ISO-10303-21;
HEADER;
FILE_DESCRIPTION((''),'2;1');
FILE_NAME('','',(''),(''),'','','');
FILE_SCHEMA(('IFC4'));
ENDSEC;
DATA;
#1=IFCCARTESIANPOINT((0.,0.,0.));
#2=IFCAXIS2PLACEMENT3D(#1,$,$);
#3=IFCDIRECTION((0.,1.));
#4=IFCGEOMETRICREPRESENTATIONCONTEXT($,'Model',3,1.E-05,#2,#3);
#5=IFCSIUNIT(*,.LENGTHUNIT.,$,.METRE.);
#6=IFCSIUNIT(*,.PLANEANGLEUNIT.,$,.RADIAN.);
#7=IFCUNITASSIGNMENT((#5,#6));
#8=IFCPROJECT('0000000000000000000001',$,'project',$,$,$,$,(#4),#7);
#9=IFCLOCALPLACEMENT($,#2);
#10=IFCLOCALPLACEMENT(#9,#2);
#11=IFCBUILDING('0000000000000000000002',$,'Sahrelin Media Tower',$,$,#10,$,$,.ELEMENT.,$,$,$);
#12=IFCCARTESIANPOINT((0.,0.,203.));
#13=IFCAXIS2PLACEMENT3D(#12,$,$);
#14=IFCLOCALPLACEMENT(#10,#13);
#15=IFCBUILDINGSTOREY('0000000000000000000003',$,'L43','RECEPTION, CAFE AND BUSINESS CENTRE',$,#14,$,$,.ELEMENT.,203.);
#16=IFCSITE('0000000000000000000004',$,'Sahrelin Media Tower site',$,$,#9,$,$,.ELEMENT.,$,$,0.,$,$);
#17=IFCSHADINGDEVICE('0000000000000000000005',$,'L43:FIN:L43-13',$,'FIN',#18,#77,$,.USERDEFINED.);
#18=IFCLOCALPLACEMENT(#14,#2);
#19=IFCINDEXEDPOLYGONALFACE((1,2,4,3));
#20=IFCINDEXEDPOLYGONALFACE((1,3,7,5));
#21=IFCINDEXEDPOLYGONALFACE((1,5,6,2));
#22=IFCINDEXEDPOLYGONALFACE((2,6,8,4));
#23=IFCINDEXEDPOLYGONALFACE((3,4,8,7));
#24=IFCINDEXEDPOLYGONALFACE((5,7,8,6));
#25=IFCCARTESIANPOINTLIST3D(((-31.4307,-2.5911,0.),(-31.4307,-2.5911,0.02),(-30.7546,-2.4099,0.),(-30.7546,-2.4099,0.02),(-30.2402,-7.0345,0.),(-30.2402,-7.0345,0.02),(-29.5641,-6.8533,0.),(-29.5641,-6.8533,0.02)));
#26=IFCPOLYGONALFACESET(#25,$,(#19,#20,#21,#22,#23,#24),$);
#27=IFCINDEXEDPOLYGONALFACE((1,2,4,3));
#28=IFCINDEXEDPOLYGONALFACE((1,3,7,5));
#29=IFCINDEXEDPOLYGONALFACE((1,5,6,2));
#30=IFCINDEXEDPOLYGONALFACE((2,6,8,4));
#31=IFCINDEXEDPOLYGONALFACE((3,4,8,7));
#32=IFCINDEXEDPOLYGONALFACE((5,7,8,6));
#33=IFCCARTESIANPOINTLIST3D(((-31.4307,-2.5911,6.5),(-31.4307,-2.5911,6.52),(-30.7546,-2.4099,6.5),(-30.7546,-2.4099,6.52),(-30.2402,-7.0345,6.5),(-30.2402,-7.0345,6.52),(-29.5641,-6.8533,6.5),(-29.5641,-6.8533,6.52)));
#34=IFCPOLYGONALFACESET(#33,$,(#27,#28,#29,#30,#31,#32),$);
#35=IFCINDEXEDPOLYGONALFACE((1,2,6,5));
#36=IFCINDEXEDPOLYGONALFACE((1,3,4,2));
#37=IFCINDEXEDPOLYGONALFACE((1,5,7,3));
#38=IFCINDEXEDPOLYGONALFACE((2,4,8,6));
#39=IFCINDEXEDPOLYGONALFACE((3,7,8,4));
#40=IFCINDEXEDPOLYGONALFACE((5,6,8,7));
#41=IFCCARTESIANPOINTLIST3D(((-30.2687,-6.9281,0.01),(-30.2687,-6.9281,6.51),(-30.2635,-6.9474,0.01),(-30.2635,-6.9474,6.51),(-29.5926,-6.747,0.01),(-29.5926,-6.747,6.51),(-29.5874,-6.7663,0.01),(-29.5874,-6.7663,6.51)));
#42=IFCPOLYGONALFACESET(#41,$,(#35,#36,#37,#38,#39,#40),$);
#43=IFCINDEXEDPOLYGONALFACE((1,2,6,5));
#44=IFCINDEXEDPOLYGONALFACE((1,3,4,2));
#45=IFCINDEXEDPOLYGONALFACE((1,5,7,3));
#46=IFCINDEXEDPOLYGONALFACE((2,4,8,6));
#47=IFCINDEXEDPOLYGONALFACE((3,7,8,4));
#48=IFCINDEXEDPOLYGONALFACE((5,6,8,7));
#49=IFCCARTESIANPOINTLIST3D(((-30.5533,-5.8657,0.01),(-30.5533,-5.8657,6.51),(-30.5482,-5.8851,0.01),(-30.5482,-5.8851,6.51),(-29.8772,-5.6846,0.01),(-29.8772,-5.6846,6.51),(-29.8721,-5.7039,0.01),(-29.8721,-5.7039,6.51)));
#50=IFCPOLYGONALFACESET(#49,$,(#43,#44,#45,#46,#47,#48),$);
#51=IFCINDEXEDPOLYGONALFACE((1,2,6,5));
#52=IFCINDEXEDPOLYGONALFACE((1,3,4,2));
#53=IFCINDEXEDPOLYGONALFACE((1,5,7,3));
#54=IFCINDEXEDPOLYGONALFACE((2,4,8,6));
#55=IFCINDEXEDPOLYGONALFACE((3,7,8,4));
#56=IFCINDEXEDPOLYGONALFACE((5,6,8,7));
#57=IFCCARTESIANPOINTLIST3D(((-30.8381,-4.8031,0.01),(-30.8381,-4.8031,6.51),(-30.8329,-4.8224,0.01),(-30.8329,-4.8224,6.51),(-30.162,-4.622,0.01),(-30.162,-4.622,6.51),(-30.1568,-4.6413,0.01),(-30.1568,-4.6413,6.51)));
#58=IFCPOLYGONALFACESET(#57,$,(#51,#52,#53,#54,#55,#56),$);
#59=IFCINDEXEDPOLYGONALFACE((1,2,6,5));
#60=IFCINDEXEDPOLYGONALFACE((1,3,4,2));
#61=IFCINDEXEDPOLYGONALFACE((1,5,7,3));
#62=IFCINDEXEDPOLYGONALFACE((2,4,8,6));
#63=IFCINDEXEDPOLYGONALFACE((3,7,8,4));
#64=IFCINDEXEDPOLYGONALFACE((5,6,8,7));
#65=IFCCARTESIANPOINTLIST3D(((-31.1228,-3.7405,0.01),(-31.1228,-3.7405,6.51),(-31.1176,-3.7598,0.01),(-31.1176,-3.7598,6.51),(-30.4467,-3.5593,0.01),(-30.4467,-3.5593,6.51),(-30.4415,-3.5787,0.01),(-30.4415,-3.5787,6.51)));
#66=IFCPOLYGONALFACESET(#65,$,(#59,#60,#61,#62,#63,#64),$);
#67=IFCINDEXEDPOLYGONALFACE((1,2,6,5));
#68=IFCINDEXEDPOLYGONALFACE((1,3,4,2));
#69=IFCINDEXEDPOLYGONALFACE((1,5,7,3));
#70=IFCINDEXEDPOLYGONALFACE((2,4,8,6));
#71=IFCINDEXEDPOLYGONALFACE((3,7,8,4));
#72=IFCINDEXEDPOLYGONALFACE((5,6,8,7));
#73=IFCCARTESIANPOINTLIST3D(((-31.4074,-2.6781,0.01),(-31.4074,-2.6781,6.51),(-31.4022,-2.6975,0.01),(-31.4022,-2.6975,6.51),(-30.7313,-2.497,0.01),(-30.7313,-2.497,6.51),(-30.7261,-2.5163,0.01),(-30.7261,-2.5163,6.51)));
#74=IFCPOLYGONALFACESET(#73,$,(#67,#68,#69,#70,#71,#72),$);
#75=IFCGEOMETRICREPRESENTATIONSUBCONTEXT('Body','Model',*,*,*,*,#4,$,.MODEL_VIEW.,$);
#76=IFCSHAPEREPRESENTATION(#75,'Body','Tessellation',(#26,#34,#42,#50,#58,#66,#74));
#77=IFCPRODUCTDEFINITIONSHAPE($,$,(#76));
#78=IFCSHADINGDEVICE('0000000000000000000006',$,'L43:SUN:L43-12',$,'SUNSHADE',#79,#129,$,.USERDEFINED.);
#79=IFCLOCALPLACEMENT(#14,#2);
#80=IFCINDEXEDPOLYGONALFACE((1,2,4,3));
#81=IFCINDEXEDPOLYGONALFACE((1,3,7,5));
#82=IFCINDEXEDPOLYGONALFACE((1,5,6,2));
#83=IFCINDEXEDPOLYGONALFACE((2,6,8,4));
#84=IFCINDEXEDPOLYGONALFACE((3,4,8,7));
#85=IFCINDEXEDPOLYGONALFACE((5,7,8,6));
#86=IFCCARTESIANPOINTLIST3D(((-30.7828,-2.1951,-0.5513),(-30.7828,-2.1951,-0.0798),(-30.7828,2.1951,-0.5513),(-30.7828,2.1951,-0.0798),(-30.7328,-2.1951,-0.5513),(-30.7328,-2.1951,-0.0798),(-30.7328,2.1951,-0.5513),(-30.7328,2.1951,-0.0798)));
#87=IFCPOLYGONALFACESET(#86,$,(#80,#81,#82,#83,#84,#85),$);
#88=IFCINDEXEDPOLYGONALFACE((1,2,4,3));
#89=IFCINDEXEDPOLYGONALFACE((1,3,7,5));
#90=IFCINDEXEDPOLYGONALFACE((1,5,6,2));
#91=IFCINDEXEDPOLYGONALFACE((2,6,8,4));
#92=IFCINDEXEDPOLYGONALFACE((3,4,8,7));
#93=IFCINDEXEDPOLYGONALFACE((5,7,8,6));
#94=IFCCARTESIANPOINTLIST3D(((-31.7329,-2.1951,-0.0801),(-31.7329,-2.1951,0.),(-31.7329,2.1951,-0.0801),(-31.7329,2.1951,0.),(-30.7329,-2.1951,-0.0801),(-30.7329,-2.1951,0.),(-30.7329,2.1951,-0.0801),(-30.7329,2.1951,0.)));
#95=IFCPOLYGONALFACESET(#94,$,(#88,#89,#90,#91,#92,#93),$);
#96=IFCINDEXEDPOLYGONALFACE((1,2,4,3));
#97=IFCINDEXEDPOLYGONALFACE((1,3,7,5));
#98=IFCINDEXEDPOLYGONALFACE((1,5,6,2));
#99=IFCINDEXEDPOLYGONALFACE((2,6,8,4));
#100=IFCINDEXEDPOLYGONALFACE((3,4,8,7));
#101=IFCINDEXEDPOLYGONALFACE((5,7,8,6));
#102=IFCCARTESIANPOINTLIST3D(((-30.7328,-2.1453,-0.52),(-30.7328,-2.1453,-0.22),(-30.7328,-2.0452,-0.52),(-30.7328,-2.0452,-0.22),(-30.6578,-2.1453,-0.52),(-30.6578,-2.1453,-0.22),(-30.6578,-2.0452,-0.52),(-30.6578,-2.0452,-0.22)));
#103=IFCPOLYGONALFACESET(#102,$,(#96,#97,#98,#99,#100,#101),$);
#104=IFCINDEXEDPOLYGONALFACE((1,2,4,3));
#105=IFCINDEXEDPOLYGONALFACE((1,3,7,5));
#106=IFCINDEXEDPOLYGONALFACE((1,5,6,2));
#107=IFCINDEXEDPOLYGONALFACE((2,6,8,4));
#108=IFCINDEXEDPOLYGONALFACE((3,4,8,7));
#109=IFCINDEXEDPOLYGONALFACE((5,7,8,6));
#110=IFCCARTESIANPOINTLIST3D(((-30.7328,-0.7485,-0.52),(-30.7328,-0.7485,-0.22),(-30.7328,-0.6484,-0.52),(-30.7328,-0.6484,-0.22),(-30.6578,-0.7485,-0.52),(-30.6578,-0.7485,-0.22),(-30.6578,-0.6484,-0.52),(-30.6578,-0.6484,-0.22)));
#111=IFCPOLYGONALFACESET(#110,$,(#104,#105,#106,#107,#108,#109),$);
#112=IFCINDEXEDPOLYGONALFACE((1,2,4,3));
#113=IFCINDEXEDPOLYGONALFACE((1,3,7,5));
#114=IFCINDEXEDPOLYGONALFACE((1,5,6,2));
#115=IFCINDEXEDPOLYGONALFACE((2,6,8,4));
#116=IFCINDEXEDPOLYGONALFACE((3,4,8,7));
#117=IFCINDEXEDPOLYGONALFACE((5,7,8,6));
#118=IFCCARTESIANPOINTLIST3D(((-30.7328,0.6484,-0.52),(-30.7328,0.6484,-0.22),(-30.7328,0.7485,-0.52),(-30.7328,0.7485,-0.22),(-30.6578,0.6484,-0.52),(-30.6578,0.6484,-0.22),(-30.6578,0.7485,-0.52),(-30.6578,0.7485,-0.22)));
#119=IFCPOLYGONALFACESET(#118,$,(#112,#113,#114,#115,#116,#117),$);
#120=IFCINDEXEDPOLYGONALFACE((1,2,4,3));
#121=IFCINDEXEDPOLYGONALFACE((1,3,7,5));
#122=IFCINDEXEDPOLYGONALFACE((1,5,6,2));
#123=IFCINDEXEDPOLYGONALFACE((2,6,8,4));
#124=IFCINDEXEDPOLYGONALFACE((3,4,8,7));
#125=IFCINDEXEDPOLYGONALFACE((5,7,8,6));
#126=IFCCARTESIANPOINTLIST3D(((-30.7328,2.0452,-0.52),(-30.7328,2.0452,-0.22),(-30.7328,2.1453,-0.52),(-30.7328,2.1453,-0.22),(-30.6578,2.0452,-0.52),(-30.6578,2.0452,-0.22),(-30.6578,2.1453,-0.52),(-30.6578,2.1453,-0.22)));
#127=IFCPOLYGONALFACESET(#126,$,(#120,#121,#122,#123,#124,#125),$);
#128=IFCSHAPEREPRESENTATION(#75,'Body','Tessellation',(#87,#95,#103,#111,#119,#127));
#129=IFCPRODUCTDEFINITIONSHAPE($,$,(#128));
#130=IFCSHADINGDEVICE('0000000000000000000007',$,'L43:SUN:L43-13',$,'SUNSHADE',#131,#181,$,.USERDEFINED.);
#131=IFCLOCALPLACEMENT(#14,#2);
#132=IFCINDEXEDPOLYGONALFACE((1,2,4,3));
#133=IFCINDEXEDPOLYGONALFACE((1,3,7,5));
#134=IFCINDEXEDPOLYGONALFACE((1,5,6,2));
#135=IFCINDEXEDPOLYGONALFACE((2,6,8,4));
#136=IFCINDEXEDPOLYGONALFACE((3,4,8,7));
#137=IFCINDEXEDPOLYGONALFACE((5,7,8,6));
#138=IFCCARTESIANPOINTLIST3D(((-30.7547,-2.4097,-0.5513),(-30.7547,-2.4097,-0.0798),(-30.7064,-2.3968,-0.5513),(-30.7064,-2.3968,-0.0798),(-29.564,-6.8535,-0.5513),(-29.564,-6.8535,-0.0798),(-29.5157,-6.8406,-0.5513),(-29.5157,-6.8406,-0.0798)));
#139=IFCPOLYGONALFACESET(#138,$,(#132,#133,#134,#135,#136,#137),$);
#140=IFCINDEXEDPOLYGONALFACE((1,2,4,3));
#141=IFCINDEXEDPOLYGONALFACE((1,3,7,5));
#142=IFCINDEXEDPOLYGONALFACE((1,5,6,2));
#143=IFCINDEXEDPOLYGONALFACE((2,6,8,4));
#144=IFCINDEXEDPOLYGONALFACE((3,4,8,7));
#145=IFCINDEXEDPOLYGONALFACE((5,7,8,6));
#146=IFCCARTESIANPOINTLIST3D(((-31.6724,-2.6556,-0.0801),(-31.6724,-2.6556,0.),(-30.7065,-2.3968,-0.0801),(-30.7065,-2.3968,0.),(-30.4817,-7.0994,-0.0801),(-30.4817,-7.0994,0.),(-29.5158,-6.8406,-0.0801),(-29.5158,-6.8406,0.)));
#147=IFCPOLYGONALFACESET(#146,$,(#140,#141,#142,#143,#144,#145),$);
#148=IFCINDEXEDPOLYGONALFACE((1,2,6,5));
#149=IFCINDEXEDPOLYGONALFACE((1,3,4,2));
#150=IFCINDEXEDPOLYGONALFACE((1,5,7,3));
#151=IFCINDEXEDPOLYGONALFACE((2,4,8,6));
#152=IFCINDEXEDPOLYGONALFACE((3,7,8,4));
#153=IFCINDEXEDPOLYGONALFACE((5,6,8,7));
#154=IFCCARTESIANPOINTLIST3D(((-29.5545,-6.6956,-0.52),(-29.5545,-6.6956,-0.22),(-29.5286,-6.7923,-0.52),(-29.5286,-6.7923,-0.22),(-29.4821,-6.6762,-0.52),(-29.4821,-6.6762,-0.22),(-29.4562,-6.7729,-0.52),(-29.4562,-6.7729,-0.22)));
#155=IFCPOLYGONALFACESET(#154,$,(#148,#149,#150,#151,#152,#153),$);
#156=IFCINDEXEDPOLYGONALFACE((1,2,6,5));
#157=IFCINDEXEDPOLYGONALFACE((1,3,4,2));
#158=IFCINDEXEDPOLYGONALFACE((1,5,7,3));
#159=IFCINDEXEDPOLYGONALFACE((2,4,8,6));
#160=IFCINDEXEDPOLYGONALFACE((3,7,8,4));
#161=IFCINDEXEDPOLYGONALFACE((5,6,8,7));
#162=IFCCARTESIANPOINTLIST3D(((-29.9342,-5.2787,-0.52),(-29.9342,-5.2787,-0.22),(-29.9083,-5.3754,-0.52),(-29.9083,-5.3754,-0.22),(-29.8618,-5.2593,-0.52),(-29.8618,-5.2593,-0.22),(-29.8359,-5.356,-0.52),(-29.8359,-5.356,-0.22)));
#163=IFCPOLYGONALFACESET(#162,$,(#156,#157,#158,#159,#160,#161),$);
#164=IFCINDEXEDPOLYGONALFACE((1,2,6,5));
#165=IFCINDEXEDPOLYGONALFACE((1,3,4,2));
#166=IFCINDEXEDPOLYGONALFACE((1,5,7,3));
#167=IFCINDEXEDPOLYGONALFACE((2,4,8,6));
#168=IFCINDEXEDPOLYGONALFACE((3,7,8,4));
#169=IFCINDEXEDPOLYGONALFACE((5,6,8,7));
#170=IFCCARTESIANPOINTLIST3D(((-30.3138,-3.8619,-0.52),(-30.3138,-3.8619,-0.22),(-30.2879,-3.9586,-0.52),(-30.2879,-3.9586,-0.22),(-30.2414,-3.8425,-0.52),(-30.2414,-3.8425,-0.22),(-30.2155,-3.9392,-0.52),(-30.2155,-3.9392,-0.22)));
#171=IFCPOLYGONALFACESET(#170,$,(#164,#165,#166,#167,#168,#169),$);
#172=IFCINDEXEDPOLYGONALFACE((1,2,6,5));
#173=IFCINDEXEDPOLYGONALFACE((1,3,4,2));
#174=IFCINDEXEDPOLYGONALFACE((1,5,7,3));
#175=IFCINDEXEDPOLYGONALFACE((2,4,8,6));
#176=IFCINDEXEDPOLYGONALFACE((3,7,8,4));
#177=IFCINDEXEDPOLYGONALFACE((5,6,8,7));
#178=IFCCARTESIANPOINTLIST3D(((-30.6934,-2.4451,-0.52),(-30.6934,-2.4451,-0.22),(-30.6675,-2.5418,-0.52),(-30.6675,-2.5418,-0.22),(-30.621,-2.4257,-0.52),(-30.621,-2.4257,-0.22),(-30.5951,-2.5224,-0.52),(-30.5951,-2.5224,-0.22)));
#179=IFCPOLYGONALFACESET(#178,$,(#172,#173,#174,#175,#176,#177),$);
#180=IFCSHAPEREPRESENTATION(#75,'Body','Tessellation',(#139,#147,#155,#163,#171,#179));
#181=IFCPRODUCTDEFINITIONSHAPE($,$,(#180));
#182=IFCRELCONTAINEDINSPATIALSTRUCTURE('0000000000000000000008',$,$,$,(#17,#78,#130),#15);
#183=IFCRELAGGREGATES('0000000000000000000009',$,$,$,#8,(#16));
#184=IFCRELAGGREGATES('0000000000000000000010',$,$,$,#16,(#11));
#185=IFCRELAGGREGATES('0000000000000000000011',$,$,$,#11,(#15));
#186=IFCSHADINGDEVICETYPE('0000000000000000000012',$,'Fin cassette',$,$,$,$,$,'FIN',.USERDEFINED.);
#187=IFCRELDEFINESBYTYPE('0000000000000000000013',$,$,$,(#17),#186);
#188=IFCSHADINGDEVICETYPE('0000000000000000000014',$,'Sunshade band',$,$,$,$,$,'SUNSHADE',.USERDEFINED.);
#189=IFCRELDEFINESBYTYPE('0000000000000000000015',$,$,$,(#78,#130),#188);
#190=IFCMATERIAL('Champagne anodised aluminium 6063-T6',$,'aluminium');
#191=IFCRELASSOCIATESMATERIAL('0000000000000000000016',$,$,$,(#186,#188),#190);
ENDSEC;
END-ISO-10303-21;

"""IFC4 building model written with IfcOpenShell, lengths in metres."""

from ifc_helpers import new_model, si_unit, direction, frame, origin, origin_2d, place, context, subcontext, project, spatial, rectangle, extrude, material, type_object, element, save


model = new_model("IFC4")

# Units and contexts
model_context = context("Model", 3, precision=1e-05, world=origin(), true_north=direction((0.0, 1.0)))
body_context = subcontext(model_context, "Body", "Model", "MODEL_VIEW")
ifc_project = project(units=[si_unit("LENGTHUNIT", "METRE"), si_unit("PLANEANGLEUNIT", "RADIAN")], contexts=[model_context])

# Site, building, storey
site_placement = place(None, origin())
site = spatial("IfcSite", under=ifc_project, at=site_placement, Name="Sahrelin Media Tower site", CompositionType="ELEMENT", RefElevation=0.0)
building_placement = place(site_placement, origin())
building = spatial("IfcBuilding", under=site, at=building_placement, Name="Sahrelin Media Tower", CompositionType="ELEMENT")
storey_placement = place(building_placement, frame((0.0, 0.0, 203.0)))
storey = spatial("IfcBuildingStorey", under=building, at=storey_placement, Name="L43", Description="RECEPTION, CAFE AND BUSINESS CENTRE", CompositionType="ELEMENT", Elevation=203.0)

# Shared definitions
ifc_material_1 = material(Name="Champagne anodised aluminium 6063-T6", Category="aluminium")

# Shading devices
shading_device_type_1 = type_object("IfcShadingDeviceType", Name="Fin cassette", ElementType="FIN", PredefinedType="USERDEFINED", material=ifc_material_1)
placement_1 = place(storey_placement, frame((-30.7129, 0.0, 0.0), z_axis=(0.0, 0.0, 1.0), x_axis=(0.0, 1.0, 0.0)))
placement_2 = place(storey_placement, frame((-30.0918, -4.6135, 0.0), z_axis=(0.0, 0.0, 1.0), x_axis=(-0.258808, 0.965929, 0.0)))
element("IfcShadingDevice", 1, at=placement_2, inside=storey, type_object=shading_device_type_1, Name="L43:FIN:L43-13", ObjectType="FIN", PredefinedType="USERDEFINED", context=body_context, shape_type="SweptSolid", body=[
    extrude(rectangle(XDim=4.6001, YDim=0.7, at=origin_2d()), frame((0.0, 0.4199, 0.0)), (0.0, 0.0, 1.0), 0.02),
    extrude(rectangle(XDim=4.6001, YDim=0.7, at=origin_2d()), frame((0.0, 0.4199, 6.5)), (0.0, 0.0, 1.0), 0.02),
    extrude(rectangle(XDim=0.02, YDim=0.7, at=origin_2d()), frame((-2.2, 0.4199, 0.01), z_axis=(0.0, 0.0, 1.0), x_axis=(1.0, 0.0, 0.0)), (0.0, 0.0, 1.0), 6.5),
    extrude(rectangle(XDim=0.02, YDim=0.7, at=origin_2d()), frame((-1.1001, 0.4199, 0.01), z_axis=(0.0, 0.0, 1.0), x_axis=(1.0, 0.0, 0.0)), (0.0, 0.0, 1.0), 6.5),
    extrude(rectangle(XDim=0.02, YDim=0.7, at=origin_2d()), frame((0.0, 0.4199, 0.01), z_axis=(0.0, 0.0, 1.0), x_axis=(1.0, 0.0, 0.0)), (0.0, 0.0, 1.0), 6.5),
    extrude(rectangle(XDim=0.02, YDim=0.7, at=origin_2d()), frame((1.1001, 0.4199, 0.01), z_axis=(0.0, 0.0, 1.0), x_axis=(1.0, 0.0, 0.0)), (0.0, 0.0, 1.0), 6.5),
    extrude(rectangle(XDim=0.02, YDim=0.7, at=origin_2d()), frame((2.2, 0.4199, 0.01), z_axis=(0.0, 0.0, 1.0), x_axis=(1.0, 0.0, 0.0)), (0.0, 0.0, 1.0), 6.5),
])
shading_device_type_2 = type_object("IfcShadingDeviceType", Name="Sunshade band", ElementType="SUNSHADE", PredefinedType="USERDEFINED", material=ifc_material_1)
element("IfcShadingDevice", 2, at=placement_1, inside=storey, type_object=shading_device_type_2, Name="L43:SUN:L43-12", ObjectType="SUNSHADE", PredefinedType="USERDEFINED", context=body_context, shape_type="SweptSolid", body=[
    extrude(rectangle(XDim=4.3901, YDim=0.05, at=origin_2d()), frame((0.0, 0.0449, -0.5513)), (0.0, 0.0, 1.0), 0.4714),
    extrude(rectangle(XDim=4.3901, YDim=1.0, at=origin_2d()), frame((0.0, 0.52, -0.0801)), (0.0, 0.0, 1.0), 0.0801),
    extrude(rectangle(XDim=0.1001, YDim=0.075, at=origin_2d()), frame((-2.0952, -0.0176, -0.52)), (0.0, 0.0, 1.0), 0.3),
    extrude(rectangle(XDim=0.1001, YDim=0.075, at=origin_2d()), frame((-0.6985, -0.0176, -0.52)), (0.0, 0.0, 1.0), 0.3),
    extrude(rectangle(XDim=0.1001, YDim=0.075, at=origin_2d()), frame((0.6985, -0.0176, -0.52)), (0.0, 0.0, 1.0), 0.3),
    extrude(rectangle(XDim=0.1001, YDim=0.075, at=origin_2d()), frame((2.0952, -0.0176, -0.52)), (0.0, 0.0, 1.0), 0.3),
])
element("IfcShadingDevice", 3, at=placement_2, inside=storey, type_object=shading_device_type_2, Name="L43:SUN:L43-13", ObjectType="SUNSHADE", PredefinedType="USERDEFINED", context=body_context, shape_type="SweptSolid", body=[
    extrude(rectangle(XDim=4.6006, YDim=0.05, at=origin_2d()), frame((0.0, 0.0449, -0.5513)), (0.0, 0.0, 1.0), 0.4714),
    extrude(rectangle(XDim=4.6006, YDim=1.0, at=origin_2d()), frame((0.0, 0.52, -0.0801)), (0.0, 0.0, 1.0), 0.0801),
    extrude(rectangle(XDim=0.1001, YDim=0.075, at=origin_2d()), frame((-2.2002, -0.0176, -0.52)), (0.0, 0.0, 1.0), 0.3),
    extrude(rectangle(XDim=0.1001, YDim=0.075, at=origin_2d()), frame((-0.7334, -0.0176, -0.52)), (0.0, 0.0, 1.0), 0.3),
    extrude(rectangle(XDim=0.1001, YDim=0.075, at=origin_2d()), frame((0.7334, -0.0176, -0.52)), (0.0, 0.0, 1.0), 0.3),
    extrude(rectangle(XDim=0.1001, YDim=0.075, at=origin_2d()), frame((2.2002, -0.0176, -0.52)), (0.0, 0.0, 1.0), 0.3),
])

save(model, "model.ifc")
